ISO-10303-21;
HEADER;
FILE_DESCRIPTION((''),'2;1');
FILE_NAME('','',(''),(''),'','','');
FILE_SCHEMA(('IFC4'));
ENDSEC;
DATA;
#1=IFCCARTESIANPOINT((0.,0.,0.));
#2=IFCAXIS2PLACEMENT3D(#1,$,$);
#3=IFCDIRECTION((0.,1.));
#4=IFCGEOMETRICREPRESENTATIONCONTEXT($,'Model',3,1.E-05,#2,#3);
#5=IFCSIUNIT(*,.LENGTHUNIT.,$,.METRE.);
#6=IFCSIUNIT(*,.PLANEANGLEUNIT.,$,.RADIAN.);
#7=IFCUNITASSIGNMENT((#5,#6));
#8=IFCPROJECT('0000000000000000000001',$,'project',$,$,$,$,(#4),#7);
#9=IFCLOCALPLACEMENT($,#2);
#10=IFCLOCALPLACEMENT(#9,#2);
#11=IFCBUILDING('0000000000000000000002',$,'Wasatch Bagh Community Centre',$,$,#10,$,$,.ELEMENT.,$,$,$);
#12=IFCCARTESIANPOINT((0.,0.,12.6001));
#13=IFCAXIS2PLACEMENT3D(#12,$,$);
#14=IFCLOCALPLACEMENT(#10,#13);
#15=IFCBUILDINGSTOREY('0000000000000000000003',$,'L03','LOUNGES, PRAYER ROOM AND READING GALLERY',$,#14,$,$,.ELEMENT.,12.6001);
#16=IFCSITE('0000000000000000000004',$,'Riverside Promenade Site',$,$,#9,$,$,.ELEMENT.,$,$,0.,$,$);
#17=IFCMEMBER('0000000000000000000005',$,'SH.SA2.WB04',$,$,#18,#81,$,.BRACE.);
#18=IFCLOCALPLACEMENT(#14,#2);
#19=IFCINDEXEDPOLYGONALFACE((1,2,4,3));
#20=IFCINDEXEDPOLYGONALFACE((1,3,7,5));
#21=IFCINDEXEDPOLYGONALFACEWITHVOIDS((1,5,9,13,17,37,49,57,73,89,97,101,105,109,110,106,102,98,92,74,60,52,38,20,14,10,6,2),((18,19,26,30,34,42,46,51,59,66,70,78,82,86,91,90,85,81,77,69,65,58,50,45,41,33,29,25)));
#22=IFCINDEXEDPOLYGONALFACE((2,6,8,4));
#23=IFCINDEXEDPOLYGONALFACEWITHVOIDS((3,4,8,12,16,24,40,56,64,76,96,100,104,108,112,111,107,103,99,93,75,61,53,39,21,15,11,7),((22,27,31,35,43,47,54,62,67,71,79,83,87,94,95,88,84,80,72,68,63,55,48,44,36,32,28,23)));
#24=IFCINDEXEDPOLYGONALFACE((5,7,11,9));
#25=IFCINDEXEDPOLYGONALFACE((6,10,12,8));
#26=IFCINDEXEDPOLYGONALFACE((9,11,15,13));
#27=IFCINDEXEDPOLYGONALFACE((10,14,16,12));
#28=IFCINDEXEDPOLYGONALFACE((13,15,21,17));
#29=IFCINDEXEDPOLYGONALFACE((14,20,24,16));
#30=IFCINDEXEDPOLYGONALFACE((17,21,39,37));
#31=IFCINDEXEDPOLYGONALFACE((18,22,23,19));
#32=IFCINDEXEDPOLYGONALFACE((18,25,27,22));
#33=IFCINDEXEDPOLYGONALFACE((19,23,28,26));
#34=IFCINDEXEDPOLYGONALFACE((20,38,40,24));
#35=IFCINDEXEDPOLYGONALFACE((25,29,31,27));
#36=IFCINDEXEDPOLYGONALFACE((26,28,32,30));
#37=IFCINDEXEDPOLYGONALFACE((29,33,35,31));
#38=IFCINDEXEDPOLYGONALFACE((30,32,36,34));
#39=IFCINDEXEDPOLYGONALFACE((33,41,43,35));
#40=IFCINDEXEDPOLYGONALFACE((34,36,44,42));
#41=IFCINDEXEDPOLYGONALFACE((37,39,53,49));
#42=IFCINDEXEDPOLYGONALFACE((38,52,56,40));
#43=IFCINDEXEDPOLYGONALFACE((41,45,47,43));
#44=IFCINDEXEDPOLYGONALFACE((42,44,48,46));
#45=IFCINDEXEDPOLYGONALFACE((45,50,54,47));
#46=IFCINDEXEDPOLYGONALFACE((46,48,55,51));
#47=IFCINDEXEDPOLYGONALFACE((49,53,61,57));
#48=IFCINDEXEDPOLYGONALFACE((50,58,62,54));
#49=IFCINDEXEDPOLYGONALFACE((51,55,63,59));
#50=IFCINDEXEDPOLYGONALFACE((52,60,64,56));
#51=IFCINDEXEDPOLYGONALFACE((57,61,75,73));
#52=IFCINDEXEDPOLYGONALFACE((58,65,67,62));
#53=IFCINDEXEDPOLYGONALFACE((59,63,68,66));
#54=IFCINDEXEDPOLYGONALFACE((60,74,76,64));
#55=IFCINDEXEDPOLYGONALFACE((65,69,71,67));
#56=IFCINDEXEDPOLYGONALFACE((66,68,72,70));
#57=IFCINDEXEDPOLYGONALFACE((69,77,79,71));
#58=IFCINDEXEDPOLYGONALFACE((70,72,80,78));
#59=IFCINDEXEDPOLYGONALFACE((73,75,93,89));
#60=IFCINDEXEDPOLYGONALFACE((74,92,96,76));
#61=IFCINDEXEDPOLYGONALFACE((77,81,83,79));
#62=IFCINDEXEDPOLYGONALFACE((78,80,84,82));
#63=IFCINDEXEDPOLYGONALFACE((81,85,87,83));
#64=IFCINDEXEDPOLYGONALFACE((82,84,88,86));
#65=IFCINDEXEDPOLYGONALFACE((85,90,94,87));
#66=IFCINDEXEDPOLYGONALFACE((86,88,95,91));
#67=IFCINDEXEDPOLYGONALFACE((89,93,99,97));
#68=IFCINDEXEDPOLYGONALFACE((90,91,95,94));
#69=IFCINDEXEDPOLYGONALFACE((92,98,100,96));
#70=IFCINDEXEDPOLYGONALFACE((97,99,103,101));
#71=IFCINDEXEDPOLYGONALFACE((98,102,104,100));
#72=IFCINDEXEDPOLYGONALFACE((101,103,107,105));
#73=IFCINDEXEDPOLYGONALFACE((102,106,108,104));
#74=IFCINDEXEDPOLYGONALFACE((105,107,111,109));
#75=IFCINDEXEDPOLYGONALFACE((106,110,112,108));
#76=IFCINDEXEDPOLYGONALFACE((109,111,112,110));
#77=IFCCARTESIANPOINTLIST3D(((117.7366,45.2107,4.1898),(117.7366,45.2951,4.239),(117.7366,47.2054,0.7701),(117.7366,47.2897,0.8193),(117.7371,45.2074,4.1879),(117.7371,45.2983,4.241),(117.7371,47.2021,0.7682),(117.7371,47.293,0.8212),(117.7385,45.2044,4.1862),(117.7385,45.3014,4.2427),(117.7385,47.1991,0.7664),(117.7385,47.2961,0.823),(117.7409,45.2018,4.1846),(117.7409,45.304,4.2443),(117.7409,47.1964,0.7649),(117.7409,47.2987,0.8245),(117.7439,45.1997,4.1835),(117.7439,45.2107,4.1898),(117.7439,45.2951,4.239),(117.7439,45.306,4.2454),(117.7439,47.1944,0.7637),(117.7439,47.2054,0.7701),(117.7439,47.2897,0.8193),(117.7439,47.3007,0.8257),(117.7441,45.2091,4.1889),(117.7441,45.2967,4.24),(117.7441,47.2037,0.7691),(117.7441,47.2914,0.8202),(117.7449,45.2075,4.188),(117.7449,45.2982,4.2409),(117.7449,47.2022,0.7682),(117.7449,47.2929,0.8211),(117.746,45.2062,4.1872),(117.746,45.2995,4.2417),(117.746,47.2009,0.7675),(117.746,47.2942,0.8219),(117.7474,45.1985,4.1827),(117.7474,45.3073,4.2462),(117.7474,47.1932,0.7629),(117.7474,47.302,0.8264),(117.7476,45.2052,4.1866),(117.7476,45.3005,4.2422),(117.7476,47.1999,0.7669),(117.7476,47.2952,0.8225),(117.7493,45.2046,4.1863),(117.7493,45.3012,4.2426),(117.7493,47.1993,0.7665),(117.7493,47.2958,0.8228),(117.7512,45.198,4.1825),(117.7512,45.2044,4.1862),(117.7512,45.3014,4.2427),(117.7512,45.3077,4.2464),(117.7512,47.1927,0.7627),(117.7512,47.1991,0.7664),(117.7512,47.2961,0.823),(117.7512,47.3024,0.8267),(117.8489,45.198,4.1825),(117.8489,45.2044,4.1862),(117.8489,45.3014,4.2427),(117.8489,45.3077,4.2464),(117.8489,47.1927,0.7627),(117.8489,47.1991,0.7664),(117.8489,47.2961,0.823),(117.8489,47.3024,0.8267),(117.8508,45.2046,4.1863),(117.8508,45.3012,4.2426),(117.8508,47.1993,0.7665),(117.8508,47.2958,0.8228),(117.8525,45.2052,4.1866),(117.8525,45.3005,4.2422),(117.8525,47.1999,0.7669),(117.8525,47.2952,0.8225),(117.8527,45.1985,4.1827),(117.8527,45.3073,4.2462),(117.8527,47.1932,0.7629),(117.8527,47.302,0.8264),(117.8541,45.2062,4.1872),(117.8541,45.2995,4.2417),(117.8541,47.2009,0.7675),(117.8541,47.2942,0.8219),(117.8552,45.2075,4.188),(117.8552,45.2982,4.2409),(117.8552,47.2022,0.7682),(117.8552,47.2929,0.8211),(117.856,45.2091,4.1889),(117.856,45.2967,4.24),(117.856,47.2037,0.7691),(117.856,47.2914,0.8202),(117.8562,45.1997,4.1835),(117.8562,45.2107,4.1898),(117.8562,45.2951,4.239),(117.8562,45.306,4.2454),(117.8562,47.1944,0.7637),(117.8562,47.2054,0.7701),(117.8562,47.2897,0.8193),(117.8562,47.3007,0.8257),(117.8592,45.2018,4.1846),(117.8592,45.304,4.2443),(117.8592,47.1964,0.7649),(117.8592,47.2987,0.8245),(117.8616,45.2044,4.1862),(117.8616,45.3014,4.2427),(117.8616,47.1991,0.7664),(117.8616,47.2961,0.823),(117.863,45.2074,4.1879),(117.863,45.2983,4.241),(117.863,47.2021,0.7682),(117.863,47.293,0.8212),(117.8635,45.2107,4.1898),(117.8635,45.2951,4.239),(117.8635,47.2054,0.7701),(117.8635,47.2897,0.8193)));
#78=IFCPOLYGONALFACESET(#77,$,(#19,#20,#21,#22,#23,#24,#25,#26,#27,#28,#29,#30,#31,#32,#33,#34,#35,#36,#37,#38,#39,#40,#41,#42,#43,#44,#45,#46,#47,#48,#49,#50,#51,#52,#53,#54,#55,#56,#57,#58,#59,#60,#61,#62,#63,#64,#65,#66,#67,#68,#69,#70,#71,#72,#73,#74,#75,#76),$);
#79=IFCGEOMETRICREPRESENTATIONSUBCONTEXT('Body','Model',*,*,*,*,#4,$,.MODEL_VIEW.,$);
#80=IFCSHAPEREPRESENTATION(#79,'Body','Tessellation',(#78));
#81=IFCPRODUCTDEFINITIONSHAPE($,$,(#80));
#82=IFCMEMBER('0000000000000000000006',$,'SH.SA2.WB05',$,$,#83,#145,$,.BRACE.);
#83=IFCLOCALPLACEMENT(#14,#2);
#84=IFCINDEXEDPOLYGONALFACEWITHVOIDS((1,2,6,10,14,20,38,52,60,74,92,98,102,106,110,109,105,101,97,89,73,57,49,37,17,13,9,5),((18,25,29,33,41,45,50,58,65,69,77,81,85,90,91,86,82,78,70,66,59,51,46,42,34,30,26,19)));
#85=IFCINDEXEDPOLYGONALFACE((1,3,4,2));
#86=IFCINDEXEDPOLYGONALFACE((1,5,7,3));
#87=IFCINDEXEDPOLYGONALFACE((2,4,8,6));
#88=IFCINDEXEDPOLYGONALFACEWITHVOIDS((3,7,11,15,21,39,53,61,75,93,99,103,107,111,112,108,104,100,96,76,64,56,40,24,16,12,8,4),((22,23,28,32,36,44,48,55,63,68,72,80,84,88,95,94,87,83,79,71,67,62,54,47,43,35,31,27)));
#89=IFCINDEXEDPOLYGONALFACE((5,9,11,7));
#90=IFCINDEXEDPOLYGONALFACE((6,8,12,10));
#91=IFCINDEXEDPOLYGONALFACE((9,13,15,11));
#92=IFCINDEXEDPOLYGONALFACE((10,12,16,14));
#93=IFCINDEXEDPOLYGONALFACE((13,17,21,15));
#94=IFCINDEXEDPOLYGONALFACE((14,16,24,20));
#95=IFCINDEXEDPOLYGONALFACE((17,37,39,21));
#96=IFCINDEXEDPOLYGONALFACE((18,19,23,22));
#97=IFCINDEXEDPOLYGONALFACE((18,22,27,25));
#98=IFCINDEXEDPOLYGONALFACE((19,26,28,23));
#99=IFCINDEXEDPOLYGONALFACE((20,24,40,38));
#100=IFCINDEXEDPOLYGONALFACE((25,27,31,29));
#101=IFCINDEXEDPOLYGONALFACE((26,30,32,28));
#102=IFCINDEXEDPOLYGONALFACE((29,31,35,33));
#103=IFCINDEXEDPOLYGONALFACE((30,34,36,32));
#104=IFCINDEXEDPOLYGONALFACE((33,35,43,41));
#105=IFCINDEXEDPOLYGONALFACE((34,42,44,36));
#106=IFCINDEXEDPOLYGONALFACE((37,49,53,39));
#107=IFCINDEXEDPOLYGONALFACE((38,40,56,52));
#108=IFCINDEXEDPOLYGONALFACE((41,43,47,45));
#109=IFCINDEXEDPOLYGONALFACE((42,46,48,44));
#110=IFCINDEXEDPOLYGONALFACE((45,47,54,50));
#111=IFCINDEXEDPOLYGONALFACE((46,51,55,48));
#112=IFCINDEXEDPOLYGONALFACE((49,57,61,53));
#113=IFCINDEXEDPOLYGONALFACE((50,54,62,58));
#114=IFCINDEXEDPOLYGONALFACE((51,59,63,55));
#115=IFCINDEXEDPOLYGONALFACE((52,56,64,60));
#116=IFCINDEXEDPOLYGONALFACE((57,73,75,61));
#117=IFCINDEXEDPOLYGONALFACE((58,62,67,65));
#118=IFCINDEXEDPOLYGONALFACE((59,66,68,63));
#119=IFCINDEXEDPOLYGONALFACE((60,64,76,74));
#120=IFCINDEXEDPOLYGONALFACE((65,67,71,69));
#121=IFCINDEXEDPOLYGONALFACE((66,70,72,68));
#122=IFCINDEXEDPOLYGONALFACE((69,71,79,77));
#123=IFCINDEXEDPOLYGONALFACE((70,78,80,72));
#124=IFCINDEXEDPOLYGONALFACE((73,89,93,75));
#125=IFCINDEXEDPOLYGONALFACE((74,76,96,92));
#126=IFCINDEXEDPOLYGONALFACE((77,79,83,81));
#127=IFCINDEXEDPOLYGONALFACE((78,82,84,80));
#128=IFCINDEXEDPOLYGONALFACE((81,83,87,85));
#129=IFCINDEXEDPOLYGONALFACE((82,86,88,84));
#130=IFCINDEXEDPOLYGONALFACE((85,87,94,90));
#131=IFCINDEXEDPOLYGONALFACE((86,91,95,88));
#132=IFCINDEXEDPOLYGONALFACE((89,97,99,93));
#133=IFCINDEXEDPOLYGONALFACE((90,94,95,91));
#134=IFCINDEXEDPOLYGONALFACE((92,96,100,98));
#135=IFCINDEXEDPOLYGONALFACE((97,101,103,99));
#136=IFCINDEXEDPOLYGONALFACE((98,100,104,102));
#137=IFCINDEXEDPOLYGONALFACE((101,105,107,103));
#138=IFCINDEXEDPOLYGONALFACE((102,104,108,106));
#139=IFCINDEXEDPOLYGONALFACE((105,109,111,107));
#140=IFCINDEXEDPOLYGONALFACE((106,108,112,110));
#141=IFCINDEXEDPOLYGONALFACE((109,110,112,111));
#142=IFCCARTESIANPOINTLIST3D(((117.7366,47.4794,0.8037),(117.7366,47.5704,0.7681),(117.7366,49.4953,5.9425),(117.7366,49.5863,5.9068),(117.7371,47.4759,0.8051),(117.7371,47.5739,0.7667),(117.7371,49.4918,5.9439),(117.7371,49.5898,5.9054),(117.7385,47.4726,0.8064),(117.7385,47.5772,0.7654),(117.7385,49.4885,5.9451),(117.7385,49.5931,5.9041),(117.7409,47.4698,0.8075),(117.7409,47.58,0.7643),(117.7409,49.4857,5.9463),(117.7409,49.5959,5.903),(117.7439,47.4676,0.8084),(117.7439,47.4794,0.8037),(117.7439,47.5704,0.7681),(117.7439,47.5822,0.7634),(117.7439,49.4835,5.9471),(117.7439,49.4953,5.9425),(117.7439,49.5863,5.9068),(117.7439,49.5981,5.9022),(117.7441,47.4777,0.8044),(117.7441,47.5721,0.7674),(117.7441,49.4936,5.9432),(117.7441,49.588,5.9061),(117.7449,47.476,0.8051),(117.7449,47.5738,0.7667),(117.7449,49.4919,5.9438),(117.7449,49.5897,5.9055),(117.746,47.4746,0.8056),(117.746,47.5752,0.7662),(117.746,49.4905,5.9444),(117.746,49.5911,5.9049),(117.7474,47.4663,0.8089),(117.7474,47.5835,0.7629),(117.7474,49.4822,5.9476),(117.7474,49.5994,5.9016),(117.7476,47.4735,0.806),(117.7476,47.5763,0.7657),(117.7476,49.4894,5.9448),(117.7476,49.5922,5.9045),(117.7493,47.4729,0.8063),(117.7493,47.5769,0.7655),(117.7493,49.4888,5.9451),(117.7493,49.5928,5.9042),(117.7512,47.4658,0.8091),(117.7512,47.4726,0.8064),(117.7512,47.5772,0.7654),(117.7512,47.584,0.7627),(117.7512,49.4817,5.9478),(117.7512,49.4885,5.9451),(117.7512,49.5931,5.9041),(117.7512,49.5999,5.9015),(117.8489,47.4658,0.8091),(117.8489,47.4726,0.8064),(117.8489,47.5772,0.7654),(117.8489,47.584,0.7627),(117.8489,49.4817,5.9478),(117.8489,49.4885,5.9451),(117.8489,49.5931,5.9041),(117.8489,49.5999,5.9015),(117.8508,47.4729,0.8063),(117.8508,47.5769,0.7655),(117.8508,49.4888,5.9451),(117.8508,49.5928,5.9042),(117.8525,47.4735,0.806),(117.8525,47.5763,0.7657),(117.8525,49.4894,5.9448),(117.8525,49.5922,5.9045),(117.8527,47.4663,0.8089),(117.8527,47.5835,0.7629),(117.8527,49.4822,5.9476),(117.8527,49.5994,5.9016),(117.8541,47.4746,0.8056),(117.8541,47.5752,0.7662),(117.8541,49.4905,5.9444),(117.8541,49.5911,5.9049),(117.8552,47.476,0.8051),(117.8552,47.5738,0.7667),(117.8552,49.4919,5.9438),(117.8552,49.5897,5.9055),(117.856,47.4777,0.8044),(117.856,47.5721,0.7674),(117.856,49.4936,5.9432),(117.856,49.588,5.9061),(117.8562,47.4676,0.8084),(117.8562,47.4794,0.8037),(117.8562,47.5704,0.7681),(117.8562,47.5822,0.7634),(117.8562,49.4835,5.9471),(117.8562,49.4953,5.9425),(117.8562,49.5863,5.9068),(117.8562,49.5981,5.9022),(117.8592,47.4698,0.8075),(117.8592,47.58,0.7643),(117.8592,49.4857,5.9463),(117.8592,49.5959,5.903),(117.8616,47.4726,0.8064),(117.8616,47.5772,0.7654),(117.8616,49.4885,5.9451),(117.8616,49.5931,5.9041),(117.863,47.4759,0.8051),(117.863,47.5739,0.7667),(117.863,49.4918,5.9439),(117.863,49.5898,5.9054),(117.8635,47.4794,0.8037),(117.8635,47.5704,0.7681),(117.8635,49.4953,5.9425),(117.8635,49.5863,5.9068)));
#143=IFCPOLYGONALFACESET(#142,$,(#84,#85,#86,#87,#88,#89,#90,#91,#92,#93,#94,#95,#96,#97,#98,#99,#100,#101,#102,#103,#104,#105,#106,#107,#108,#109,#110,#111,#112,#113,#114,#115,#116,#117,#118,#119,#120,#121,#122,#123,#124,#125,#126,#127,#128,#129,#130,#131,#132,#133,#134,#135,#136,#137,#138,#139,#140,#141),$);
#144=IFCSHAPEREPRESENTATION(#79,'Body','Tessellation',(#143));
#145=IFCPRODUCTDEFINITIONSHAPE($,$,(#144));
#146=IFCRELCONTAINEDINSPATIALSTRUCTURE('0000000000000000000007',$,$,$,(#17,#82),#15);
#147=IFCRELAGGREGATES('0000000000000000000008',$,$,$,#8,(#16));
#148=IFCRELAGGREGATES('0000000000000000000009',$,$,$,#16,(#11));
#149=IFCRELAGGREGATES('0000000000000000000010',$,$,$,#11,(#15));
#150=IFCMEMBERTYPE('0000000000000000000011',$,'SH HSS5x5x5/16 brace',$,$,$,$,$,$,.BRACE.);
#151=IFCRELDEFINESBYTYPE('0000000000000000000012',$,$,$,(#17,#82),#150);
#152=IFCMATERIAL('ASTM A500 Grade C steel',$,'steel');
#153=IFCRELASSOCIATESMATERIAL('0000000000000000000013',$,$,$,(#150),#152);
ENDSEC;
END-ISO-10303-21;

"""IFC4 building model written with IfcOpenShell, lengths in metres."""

from ifc_helpers import new_model, si_unit, direction, frame, origin, origin_2d, place, context, subcontext, project, spatial, hollow_rectangle, extrude, material, material_profile, profile_set, type_object, element, save


model = new_model("IFC4")

# Units and contexts
model_context = context("Model", 3, precision=1e-05, world=origin(), true_north=direction((0.0, 1.0)))
body_context = subcontext(model_context, "Body", "Model", "MODEL_VIEW")
ifc_project = project(units=[si_unit("LENGTHUNIT", "METRE"), si_unit("PLANEANGLEUNIT", "RADIAN")], contexts=[model_context])

# Site, building, storey
site_placement = place(None, origin())
site = spatial("IfcSite", under=ifc_project, at=site_placement, Name="Riverside Promenade Site", CompositionType="ELEMENT", RefElevation=0.0)
building_placement = place(site_placement, origin())
building = spatial("IfcBuilding", under=site, at=building_placement, Name="Wasatch Bagh Community Centre", CompositionType="ELEMENT")
storey_placement = place(building_placement, frame((0.0, 0.0, 12.6001)))
storey = spatial("IfcBuildingStorey", under=building, at=storey_placement, Name="L03", Description="LOUNGES, PRAYER ROOM AND READING GALLERY", CompositionType="ELEMENT", Elevation=12.6001)

# Members
ifc_material_1 = material(Name="ASTM A500 Grade C steel", Category="steel")
ifc_material_profile_1 = material_profile(ifc_material_1, hollow_rectangle(XDim=0.127, YDim=0.127, WallThickness=0.0073, InnerFilletRadius=0.0073, OuterFilletRadius=0.0146, at=origin_2d()), Name="HSS5x5x5/16")
ifc_profile_set_1 = profile_set([ifc_material_profile_1], Name="ASTM A500 Grade C steel")
member_type_1 = type_object("IfcMemberType", Name="SH HSS5x5x5/16 brace", PredefinedType="BRACE", material=ifc_profile_set_1)
member_1_placement = place(storey_placement, frame((117.8, 47.2476, 0.7947), z_axis=(0.0, -0.503837, 0.863799), x_axis=(1.0, 0.0, 0.0)))
element("IfcMember", 1, at=member_1_placement, inside=storey, type_object=member_type_1, Name="SH.SA2.WB04", PredefinedType="BRACE", context=body_context, shape_type="SweptSolid", body=[
    extrude(hollow_rectangle(XDim=0.127, YDim=0.127, WallThickness=0.0073, InnerFilletRadius=0.0073, OuterFilletRadius=0.0146, at=origin_2d()), origin(), (0.0, 0.0, 1.0), 3.959),
])
member_2_placement = place(storey_placement, frame((117.8, 47.5249, 0.7859), z_axis=(0.0, 0.365198, 0.93093), x_axis=(-1.0, 0.0, 0.0)))
element("IfcMember", 2, at=member_2_placement, inside=storey, type_object=member_type_1, Name="SH.SA2.WB05", PredefinedType="BRACE", context=body_context, shape_type="SweptSolid", body=[
    extrude(hollow_rectangle(XDim=0.127, YDim=0.127, WallThickness=0.0073, InnerFilletRadius=0.0073, OuterFilletRadius=0.0146, at=origin_2d()), origin(), (0.0, 0.0, 1.0), 5.52),
])

save(model, "model.ifc")
